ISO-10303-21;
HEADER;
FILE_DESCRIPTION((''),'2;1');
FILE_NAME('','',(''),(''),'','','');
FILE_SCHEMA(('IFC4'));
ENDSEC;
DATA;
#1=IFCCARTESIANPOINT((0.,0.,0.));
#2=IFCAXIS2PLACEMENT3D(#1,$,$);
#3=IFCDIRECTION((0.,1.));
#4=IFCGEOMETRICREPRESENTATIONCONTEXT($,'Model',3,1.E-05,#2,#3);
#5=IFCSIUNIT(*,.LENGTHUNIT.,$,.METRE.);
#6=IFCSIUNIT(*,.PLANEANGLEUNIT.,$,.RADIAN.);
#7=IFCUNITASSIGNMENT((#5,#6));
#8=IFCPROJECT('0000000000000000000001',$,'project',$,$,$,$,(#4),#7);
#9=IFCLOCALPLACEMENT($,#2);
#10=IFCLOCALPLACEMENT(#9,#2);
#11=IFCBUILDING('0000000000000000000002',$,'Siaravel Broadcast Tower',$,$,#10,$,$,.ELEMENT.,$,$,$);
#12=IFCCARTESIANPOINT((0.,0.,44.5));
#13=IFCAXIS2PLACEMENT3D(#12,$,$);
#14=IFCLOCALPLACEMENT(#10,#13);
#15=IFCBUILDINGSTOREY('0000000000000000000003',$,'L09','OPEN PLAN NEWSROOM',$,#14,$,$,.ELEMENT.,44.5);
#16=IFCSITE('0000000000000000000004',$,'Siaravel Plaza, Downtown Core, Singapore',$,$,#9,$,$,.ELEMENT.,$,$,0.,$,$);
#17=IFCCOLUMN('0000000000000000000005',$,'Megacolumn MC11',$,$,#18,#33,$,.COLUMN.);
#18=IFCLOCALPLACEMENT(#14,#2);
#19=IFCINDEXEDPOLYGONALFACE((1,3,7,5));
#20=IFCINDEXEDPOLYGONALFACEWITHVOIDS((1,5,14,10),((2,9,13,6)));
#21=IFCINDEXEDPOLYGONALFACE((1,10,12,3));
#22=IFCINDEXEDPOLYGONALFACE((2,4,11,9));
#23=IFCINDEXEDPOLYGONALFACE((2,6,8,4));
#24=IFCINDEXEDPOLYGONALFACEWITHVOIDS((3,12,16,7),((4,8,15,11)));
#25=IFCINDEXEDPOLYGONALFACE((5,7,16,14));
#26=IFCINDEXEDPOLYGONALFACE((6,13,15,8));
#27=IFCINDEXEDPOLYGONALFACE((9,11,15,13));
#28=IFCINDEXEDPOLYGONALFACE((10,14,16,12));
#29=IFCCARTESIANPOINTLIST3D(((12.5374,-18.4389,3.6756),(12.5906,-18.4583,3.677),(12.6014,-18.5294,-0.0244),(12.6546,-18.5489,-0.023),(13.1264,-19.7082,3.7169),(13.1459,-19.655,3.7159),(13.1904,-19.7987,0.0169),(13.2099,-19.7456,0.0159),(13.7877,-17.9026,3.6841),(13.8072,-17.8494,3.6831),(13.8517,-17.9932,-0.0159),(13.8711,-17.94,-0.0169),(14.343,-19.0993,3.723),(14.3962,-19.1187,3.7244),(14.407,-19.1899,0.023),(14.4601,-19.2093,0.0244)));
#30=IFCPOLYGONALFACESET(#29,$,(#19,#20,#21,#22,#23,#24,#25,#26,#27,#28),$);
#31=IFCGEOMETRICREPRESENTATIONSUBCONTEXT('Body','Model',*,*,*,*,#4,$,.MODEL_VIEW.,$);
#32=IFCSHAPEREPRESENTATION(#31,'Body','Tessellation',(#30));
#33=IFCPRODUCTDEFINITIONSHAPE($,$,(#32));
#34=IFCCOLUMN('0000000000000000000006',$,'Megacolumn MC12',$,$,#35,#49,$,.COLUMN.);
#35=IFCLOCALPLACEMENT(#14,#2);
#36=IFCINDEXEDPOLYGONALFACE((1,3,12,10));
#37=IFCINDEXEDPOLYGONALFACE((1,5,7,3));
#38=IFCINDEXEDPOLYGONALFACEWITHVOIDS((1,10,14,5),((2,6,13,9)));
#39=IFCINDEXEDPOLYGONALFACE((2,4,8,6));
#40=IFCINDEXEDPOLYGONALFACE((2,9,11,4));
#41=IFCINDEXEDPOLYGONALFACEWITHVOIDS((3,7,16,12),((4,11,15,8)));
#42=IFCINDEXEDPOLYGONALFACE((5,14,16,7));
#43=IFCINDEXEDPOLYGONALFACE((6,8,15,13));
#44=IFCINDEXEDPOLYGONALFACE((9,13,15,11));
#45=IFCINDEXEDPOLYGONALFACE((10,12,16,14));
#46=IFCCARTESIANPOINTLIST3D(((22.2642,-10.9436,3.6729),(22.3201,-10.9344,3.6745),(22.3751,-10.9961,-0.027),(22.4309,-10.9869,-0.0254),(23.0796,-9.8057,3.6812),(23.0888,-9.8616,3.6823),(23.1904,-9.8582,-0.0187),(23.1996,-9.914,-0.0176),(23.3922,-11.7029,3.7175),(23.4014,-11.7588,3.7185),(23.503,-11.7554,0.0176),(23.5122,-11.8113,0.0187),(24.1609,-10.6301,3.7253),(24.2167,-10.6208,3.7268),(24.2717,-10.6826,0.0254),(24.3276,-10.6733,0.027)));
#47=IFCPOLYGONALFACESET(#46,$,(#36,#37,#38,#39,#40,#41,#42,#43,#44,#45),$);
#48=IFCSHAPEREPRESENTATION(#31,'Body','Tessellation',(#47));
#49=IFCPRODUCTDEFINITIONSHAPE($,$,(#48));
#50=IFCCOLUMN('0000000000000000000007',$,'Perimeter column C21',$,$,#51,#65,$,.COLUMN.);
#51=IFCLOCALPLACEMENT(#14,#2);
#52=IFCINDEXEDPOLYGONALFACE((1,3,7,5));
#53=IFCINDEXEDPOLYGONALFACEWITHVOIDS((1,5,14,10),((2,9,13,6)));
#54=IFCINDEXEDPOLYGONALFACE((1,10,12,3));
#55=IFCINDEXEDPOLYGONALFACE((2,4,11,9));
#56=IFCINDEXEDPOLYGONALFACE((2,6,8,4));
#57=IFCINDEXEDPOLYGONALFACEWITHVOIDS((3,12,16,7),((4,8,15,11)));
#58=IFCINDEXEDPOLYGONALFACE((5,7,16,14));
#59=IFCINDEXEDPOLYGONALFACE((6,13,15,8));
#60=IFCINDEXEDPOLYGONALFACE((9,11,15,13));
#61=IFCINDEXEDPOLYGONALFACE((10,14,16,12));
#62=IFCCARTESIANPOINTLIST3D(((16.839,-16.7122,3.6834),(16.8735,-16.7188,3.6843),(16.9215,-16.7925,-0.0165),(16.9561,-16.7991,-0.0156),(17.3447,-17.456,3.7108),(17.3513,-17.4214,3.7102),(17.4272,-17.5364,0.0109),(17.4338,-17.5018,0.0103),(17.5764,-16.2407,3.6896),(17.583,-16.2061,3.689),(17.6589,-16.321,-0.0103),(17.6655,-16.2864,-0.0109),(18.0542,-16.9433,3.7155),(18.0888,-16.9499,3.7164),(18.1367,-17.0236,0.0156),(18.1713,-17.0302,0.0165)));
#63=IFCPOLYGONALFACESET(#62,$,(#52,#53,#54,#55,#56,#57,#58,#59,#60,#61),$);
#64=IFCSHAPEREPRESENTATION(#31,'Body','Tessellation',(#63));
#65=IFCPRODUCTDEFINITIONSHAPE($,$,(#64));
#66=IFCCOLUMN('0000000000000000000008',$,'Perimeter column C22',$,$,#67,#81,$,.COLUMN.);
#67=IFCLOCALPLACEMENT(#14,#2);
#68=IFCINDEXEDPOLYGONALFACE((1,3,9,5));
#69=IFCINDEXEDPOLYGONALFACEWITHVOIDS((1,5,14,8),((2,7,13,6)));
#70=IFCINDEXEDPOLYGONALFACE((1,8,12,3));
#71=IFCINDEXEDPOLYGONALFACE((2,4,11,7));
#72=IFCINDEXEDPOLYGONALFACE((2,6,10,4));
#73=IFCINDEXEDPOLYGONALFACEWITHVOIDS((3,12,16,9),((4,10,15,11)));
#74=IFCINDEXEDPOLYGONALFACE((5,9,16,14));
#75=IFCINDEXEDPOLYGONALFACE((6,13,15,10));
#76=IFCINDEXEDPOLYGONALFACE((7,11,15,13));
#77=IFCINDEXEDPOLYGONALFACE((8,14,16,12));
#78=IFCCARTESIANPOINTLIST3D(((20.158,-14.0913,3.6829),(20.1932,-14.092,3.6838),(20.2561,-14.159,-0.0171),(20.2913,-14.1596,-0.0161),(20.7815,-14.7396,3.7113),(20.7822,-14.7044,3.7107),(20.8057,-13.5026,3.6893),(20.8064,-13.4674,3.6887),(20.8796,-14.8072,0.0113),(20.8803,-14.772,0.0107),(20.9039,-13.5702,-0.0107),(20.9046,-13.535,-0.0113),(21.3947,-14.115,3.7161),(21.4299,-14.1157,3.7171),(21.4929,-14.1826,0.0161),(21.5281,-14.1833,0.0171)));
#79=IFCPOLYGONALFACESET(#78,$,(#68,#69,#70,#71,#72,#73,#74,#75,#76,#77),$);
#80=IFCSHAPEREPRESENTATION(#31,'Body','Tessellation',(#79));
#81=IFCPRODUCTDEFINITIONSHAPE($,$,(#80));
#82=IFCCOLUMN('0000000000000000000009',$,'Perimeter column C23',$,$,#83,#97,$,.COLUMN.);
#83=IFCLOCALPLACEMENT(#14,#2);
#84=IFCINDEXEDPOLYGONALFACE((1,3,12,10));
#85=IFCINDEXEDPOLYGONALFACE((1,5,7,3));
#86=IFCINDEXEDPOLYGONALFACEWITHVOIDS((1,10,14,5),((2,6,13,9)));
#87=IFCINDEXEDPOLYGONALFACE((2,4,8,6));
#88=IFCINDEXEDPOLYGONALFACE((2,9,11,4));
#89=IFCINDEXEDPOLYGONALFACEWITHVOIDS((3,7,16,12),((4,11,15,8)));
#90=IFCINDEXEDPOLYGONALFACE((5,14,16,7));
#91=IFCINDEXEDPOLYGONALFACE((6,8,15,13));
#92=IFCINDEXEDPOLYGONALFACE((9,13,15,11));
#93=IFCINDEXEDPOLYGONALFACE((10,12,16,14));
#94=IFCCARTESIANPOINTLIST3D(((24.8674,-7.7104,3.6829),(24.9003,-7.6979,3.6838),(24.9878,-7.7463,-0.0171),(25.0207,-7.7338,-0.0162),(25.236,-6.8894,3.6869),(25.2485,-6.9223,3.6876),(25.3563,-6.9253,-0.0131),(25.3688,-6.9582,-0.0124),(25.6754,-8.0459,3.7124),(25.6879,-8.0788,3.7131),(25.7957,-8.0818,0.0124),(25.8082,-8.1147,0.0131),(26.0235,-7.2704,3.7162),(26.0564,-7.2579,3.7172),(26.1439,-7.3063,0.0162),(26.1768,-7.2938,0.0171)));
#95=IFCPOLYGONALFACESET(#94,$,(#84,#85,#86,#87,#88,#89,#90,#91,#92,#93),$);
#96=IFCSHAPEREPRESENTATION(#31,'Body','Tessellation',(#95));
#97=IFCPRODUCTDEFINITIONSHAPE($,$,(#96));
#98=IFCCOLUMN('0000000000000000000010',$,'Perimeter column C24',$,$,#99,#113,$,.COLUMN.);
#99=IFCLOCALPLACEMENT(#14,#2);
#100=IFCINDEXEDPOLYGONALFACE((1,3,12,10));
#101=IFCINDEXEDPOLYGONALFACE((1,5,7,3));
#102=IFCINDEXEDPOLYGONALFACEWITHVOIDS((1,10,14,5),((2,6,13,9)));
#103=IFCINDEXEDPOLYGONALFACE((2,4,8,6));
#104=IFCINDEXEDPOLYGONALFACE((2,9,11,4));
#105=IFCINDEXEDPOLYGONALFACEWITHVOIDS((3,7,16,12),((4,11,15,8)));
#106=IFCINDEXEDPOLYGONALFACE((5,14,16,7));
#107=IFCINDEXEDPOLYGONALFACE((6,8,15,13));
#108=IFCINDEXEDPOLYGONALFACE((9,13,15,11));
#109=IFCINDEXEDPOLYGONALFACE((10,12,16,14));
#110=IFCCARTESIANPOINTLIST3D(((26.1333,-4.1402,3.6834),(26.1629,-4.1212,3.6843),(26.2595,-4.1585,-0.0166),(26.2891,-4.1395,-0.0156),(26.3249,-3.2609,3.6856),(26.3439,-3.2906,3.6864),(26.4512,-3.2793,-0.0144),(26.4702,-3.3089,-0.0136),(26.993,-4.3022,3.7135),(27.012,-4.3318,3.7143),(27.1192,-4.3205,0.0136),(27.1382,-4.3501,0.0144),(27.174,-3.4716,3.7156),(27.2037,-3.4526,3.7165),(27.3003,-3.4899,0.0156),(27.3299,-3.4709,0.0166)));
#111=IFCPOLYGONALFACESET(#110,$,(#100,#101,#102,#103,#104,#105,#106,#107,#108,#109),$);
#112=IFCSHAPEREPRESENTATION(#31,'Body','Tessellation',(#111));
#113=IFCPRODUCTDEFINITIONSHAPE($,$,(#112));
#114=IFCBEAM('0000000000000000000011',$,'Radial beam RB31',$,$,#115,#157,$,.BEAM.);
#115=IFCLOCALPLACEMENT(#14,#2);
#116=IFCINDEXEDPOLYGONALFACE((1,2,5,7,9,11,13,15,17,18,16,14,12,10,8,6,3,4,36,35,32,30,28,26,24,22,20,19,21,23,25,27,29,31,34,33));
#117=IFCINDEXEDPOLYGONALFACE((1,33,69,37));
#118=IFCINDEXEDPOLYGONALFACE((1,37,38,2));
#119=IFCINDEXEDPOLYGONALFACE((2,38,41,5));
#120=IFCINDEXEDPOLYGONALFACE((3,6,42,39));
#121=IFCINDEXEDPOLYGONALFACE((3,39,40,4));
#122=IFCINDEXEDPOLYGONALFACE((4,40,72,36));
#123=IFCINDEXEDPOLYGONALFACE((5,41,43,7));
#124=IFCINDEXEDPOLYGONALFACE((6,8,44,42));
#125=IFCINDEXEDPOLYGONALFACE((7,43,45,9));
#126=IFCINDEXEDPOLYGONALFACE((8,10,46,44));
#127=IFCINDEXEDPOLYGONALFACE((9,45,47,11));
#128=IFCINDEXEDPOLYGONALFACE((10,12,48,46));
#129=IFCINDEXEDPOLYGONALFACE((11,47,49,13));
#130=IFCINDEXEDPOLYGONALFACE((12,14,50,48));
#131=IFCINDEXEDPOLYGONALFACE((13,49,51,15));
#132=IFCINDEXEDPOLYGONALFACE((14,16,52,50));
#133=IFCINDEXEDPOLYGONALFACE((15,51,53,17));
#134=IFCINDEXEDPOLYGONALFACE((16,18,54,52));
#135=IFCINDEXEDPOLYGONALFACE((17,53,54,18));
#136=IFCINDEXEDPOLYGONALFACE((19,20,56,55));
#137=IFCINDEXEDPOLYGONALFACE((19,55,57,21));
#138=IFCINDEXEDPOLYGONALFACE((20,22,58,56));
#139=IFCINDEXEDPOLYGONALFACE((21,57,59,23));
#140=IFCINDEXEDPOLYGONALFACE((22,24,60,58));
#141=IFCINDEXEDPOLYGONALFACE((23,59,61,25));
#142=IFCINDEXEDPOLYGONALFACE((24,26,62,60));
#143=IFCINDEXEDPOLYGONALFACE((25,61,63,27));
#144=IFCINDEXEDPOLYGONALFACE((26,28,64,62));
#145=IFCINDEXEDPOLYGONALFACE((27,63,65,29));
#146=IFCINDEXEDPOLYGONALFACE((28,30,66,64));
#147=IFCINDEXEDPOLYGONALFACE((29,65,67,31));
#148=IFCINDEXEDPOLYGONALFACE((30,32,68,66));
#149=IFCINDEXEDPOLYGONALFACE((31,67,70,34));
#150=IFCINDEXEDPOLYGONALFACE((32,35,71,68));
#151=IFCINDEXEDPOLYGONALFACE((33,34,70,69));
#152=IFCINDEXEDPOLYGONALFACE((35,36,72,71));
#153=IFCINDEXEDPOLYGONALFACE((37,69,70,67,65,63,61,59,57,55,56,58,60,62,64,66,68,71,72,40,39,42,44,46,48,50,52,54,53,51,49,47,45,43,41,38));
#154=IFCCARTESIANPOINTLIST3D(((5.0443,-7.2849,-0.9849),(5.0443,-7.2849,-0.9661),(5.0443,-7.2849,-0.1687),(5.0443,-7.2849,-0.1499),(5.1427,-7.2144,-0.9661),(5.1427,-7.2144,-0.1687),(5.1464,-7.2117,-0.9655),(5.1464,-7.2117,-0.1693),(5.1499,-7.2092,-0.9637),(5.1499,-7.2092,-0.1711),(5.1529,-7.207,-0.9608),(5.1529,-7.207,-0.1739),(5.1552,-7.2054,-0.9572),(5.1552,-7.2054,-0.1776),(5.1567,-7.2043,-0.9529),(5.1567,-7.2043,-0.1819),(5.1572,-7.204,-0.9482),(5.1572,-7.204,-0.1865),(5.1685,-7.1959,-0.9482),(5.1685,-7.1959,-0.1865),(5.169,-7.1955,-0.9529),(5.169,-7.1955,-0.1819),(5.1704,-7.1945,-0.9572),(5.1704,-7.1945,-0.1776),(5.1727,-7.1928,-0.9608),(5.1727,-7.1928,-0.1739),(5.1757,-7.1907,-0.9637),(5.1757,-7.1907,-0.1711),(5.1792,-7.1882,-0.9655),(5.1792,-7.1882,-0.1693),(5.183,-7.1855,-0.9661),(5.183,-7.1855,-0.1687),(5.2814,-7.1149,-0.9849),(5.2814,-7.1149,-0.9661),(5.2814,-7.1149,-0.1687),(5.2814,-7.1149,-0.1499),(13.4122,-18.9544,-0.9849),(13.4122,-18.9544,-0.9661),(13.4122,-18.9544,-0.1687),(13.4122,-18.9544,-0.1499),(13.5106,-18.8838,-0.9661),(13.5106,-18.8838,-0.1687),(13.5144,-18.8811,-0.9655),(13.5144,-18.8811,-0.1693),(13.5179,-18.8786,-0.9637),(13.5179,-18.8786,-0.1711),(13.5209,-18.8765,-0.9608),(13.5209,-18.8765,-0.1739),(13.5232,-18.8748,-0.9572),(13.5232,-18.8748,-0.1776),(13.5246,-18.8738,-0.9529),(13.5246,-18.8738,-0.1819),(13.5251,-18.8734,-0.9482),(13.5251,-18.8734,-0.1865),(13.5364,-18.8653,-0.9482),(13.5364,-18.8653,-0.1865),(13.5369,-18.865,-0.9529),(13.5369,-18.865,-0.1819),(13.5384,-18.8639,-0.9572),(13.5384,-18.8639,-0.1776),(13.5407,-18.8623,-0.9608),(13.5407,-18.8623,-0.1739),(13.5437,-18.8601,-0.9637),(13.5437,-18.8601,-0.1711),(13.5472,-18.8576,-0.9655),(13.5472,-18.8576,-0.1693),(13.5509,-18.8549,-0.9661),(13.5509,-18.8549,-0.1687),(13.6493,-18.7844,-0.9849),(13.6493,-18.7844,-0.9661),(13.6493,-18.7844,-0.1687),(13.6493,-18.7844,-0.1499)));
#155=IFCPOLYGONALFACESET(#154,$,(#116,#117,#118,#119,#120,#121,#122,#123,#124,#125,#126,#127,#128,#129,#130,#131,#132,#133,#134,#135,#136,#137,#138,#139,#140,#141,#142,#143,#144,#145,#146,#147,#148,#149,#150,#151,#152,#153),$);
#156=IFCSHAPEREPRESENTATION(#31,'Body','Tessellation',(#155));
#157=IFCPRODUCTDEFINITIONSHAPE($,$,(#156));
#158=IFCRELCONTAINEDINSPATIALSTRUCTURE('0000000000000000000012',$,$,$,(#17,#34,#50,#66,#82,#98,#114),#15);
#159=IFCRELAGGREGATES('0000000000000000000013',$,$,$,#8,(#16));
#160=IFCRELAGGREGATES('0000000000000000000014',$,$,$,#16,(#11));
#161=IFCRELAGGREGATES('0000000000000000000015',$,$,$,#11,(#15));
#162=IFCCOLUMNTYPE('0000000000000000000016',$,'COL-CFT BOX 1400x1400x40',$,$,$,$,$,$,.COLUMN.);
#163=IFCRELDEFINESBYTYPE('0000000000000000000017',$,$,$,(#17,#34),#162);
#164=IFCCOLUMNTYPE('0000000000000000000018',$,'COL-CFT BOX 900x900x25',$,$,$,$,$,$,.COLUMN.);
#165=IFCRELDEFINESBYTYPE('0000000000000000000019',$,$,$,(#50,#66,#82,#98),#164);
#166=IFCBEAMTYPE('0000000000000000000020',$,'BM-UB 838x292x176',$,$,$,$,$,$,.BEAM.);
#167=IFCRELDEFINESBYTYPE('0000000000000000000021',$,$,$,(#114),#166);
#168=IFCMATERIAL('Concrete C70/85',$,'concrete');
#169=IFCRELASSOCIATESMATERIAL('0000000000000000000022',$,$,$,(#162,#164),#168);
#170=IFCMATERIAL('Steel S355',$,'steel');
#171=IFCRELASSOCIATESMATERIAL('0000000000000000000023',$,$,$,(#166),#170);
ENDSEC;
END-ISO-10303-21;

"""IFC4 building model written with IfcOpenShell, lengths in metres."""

from ifc_helpers import new_model, si_unit, direction, frame, origin, origin_2d, place, context, subcontext, project, spatial, hollow_rectangle, i_section, extrude, material, material_profile, profile_set, type_object, element, save


model = new_model("IFC4")

# Units and contexts
model_context = context("Model", 3, precision=1e-05, world=origin(), true_north=direction((0.0, 1.0)))
body_context = subcontext(model_context, "Body", "Model", "MODEL_VIEW")
ifc_project = project(units=[si_unit("LENGTHUNIT", "METRE"), si_unit("PLANEANGLEUNIT", "RADIAN")], contexts=[model_context])

# Site, building, storey
site_placement = place(None, origin())
site = spatial("IfcSite", under=ifc_project, at=site_placement, Name="Siaravel Plaza, Downtown Core, Singapore", CompositionType="ELEMENT", RefElevation=0.0)
building_placement = place(site_placement, origin())
building = spatial("IfcBuilding", under=site, at=building_placement, Name="Siaravel Broadcast Tower", CompositionType="ELEMENT")
storey_placement = place(building_placement, frame((0.0, 0.0, 44.5)))
storey = spatial("IfcBuildingStorey", under=building, at=storey_placement, Name="L09", Description="OPEN PLAN NEWSROOM", CompositionType="ELEMENT", Elevation=44.5)

# Columns
ifc_material_1 = material(Name="Concrete C70/85", Category="concrete")
ifc_material_profile_1 = material_profile(ifc_material_1, hollow_rectangle(XDim=1.3999, YDim=1.3999, WallThickness=0.04, at=origin_2d()))
ifc_profile_set_1 = profile_set([ifc_material_profile_1], Name="Concrete C70/85")
column_type_1 = type_object("IfcColumnType", Name="COL-CFT BOX 1400x1400x40", PredefinedType="COLUMN", material=ifc_profile_set_1)
column_1_placement = place(storey_placement, frame((13.5308, -18.8694, 0.0), z_axis=(-0.01728, 0.024469, 0.999551), x_axis=(-0.907022, -0.42105, -0.005373)))
element("IfcColumn", 1, at=column_1_placement, inside=storey, type_object=column_type_1, Name="Megacolumn MC11", PredefinedType="COLUMN", context=body_context, shape_type="SweptSolid", body=[
    extrude(hollow_rectangle(XDim=1.3999, YDim=1.3999, WallThickness=0.04, at=origin_2d()), origin(), (0.0, 0.0, 1.0), 3.7017),
])
column_2_placement = place(storey_placement, frame((23.3513, -10.8347, 0.0), z_axis=(-0.029941, 0.014179, 0.999451), x_axis=(-0.582428, -0.812861, -0.005916)))
element("IfcColumn", 2, at=column_2_placement, inside=storey, type_object=column_type_1, Name="Megacolumn MC12", PredefinedType="COLUMN", context=body_context, shape_type="SweptSolid", body=[
    extrude(hollow_rectangle(XDim=1.3999, YDim=1.3999, WallThickness=0.04, at=origin_2d()), origin(), (0.0, 0.0, 1.0), 3.7019),
])
ifc_material_profile_2 = material_profile(ifc_material_1, hollow_rectangle(XDim=0.8999, YDim=0.8999, WallThickness=0.0249, at=origin_2d()))
ifc_profile_set_2 = profile_set([ifc_material_profile_2], Name="Concrete C70/85")
column_type_2 = type_object("IfcColumnType", Name="COL-CFT BOX 900x900x25", PredefinedType="COLUMN", material=ifc_profile_set_2)
column_3_placement = place(storey_placement, frame((17.5464, -16.9114, 0.0), z_axis=(-0.022292, 0.021698, 0.999516), x_axis=(-0.826824, -0.562426, -0.006231)))
element("IfcColumn", 3, at=column_3_placement, inside=storey, type_object=column_type_2, Name="Perimeter column C21", PredefinedType="COLUMN", context=body_context, shape_type="SweptSolid", body=[
    extrude(hollow_rectangle(XDim=0.8999, YDim=0.8999, WallThickness=0.0249, at=origin_2d()), origin(), (0.0, 0.0, 1.0), 3.7017),
])
column_4_placement = place(storey_placement, frame((20.8921, -14.1711, 0.0), z_axis=(-0.026512, 0.018268, 0.999482), x_axis=(-0.720586, -0.693335, -0.006442)))
element("IfcColumn", 4, at=column_4_placement, inside=storey, type_object=column_type_2, Name="Perimeter column C22", PredefinedType="COLUMN", context=body_context, shape_type="SweptSolid", body=[
    extrude(hollow_rectangle(XDim=0.8999, YDim=0.8999, WallThickness=0.0249, at=origin_2d()), origin(), (0.0, 0.0, 1.0), 3.7019),
])
for number, where, z_axis, x_axis, name in (
    (5, (25.5823, -7.52, 0.0), (-0.032512, 0.009694, 0.999424), (-0.409536, -0.912283, -0.004473), "Perimeter column C23"),
    (6, (26.7947, -3.8147, 0.0), (-0.034094, 0.004946, 0.999406), (-0.212992, -0.977051, -0.002431), "Perimeter column C24"),
):
    element("IfcColumn", number, at=place(storey_placement, frame(where, z_axis=z_axis, x_axis=x_axis)), inside=storey, type_object=column_type_2, Name=name, PredefinedType="COLUMN", context=body_context, shape_type="SweptSolid", body=[
        extrude(hollow_rectangle(XDim=0.8999, YDim=0.8999, WallThickness=0.0249, at=origin_2d()), origin(), (0.0, 0.0, 1.0), 3.7021),
    ])

# Beam
ifc_material_2 = material(Name="Steel S355", Category="steel")
ifc_material_profile_3 = material_profile(ifc_material_2, i_section(OverallWidth=0.2917, OverallDepth=0.835, WebThickness=0.0139, FlangeThickness=0.0188, FilletRadius=0.0178, at=origin_2d()))
ifc_profile_set_3 = profile_set([ifc_material_profile_3], Name="Steel S355")
beam_type = type_object("IfcBeamType", Name="BM-UB 838x292x176", PredefinedType="BEAM", material=ifc_profile_set_3)
beam_1_placement = place(storey_placement, frame((13.5308, -18.8694, -0.5674), z_axis=(-0.582741, 0.812658, 0.0), x_axis=(-0.812658, -0.582741, 0.0)))
element("IfcBeam", 7, at=beam_1_placement, inside=storey, type_object=beam_type, Name="Radial beam RB31", PredefinedType="BEAM", context=body_context, shape_type="SweptSolid", body=[
    extrude(i_section(OverallWidth=0.2917, OverallDepth=0.835, WebThickness=0.0139, FlangeThickness=0.0188, FilletRadius=0.0178, at=origin_2d()), origin(), (0.0, 0.0, 1.0), 14.3596),
])

save(model, "model.ifc")
